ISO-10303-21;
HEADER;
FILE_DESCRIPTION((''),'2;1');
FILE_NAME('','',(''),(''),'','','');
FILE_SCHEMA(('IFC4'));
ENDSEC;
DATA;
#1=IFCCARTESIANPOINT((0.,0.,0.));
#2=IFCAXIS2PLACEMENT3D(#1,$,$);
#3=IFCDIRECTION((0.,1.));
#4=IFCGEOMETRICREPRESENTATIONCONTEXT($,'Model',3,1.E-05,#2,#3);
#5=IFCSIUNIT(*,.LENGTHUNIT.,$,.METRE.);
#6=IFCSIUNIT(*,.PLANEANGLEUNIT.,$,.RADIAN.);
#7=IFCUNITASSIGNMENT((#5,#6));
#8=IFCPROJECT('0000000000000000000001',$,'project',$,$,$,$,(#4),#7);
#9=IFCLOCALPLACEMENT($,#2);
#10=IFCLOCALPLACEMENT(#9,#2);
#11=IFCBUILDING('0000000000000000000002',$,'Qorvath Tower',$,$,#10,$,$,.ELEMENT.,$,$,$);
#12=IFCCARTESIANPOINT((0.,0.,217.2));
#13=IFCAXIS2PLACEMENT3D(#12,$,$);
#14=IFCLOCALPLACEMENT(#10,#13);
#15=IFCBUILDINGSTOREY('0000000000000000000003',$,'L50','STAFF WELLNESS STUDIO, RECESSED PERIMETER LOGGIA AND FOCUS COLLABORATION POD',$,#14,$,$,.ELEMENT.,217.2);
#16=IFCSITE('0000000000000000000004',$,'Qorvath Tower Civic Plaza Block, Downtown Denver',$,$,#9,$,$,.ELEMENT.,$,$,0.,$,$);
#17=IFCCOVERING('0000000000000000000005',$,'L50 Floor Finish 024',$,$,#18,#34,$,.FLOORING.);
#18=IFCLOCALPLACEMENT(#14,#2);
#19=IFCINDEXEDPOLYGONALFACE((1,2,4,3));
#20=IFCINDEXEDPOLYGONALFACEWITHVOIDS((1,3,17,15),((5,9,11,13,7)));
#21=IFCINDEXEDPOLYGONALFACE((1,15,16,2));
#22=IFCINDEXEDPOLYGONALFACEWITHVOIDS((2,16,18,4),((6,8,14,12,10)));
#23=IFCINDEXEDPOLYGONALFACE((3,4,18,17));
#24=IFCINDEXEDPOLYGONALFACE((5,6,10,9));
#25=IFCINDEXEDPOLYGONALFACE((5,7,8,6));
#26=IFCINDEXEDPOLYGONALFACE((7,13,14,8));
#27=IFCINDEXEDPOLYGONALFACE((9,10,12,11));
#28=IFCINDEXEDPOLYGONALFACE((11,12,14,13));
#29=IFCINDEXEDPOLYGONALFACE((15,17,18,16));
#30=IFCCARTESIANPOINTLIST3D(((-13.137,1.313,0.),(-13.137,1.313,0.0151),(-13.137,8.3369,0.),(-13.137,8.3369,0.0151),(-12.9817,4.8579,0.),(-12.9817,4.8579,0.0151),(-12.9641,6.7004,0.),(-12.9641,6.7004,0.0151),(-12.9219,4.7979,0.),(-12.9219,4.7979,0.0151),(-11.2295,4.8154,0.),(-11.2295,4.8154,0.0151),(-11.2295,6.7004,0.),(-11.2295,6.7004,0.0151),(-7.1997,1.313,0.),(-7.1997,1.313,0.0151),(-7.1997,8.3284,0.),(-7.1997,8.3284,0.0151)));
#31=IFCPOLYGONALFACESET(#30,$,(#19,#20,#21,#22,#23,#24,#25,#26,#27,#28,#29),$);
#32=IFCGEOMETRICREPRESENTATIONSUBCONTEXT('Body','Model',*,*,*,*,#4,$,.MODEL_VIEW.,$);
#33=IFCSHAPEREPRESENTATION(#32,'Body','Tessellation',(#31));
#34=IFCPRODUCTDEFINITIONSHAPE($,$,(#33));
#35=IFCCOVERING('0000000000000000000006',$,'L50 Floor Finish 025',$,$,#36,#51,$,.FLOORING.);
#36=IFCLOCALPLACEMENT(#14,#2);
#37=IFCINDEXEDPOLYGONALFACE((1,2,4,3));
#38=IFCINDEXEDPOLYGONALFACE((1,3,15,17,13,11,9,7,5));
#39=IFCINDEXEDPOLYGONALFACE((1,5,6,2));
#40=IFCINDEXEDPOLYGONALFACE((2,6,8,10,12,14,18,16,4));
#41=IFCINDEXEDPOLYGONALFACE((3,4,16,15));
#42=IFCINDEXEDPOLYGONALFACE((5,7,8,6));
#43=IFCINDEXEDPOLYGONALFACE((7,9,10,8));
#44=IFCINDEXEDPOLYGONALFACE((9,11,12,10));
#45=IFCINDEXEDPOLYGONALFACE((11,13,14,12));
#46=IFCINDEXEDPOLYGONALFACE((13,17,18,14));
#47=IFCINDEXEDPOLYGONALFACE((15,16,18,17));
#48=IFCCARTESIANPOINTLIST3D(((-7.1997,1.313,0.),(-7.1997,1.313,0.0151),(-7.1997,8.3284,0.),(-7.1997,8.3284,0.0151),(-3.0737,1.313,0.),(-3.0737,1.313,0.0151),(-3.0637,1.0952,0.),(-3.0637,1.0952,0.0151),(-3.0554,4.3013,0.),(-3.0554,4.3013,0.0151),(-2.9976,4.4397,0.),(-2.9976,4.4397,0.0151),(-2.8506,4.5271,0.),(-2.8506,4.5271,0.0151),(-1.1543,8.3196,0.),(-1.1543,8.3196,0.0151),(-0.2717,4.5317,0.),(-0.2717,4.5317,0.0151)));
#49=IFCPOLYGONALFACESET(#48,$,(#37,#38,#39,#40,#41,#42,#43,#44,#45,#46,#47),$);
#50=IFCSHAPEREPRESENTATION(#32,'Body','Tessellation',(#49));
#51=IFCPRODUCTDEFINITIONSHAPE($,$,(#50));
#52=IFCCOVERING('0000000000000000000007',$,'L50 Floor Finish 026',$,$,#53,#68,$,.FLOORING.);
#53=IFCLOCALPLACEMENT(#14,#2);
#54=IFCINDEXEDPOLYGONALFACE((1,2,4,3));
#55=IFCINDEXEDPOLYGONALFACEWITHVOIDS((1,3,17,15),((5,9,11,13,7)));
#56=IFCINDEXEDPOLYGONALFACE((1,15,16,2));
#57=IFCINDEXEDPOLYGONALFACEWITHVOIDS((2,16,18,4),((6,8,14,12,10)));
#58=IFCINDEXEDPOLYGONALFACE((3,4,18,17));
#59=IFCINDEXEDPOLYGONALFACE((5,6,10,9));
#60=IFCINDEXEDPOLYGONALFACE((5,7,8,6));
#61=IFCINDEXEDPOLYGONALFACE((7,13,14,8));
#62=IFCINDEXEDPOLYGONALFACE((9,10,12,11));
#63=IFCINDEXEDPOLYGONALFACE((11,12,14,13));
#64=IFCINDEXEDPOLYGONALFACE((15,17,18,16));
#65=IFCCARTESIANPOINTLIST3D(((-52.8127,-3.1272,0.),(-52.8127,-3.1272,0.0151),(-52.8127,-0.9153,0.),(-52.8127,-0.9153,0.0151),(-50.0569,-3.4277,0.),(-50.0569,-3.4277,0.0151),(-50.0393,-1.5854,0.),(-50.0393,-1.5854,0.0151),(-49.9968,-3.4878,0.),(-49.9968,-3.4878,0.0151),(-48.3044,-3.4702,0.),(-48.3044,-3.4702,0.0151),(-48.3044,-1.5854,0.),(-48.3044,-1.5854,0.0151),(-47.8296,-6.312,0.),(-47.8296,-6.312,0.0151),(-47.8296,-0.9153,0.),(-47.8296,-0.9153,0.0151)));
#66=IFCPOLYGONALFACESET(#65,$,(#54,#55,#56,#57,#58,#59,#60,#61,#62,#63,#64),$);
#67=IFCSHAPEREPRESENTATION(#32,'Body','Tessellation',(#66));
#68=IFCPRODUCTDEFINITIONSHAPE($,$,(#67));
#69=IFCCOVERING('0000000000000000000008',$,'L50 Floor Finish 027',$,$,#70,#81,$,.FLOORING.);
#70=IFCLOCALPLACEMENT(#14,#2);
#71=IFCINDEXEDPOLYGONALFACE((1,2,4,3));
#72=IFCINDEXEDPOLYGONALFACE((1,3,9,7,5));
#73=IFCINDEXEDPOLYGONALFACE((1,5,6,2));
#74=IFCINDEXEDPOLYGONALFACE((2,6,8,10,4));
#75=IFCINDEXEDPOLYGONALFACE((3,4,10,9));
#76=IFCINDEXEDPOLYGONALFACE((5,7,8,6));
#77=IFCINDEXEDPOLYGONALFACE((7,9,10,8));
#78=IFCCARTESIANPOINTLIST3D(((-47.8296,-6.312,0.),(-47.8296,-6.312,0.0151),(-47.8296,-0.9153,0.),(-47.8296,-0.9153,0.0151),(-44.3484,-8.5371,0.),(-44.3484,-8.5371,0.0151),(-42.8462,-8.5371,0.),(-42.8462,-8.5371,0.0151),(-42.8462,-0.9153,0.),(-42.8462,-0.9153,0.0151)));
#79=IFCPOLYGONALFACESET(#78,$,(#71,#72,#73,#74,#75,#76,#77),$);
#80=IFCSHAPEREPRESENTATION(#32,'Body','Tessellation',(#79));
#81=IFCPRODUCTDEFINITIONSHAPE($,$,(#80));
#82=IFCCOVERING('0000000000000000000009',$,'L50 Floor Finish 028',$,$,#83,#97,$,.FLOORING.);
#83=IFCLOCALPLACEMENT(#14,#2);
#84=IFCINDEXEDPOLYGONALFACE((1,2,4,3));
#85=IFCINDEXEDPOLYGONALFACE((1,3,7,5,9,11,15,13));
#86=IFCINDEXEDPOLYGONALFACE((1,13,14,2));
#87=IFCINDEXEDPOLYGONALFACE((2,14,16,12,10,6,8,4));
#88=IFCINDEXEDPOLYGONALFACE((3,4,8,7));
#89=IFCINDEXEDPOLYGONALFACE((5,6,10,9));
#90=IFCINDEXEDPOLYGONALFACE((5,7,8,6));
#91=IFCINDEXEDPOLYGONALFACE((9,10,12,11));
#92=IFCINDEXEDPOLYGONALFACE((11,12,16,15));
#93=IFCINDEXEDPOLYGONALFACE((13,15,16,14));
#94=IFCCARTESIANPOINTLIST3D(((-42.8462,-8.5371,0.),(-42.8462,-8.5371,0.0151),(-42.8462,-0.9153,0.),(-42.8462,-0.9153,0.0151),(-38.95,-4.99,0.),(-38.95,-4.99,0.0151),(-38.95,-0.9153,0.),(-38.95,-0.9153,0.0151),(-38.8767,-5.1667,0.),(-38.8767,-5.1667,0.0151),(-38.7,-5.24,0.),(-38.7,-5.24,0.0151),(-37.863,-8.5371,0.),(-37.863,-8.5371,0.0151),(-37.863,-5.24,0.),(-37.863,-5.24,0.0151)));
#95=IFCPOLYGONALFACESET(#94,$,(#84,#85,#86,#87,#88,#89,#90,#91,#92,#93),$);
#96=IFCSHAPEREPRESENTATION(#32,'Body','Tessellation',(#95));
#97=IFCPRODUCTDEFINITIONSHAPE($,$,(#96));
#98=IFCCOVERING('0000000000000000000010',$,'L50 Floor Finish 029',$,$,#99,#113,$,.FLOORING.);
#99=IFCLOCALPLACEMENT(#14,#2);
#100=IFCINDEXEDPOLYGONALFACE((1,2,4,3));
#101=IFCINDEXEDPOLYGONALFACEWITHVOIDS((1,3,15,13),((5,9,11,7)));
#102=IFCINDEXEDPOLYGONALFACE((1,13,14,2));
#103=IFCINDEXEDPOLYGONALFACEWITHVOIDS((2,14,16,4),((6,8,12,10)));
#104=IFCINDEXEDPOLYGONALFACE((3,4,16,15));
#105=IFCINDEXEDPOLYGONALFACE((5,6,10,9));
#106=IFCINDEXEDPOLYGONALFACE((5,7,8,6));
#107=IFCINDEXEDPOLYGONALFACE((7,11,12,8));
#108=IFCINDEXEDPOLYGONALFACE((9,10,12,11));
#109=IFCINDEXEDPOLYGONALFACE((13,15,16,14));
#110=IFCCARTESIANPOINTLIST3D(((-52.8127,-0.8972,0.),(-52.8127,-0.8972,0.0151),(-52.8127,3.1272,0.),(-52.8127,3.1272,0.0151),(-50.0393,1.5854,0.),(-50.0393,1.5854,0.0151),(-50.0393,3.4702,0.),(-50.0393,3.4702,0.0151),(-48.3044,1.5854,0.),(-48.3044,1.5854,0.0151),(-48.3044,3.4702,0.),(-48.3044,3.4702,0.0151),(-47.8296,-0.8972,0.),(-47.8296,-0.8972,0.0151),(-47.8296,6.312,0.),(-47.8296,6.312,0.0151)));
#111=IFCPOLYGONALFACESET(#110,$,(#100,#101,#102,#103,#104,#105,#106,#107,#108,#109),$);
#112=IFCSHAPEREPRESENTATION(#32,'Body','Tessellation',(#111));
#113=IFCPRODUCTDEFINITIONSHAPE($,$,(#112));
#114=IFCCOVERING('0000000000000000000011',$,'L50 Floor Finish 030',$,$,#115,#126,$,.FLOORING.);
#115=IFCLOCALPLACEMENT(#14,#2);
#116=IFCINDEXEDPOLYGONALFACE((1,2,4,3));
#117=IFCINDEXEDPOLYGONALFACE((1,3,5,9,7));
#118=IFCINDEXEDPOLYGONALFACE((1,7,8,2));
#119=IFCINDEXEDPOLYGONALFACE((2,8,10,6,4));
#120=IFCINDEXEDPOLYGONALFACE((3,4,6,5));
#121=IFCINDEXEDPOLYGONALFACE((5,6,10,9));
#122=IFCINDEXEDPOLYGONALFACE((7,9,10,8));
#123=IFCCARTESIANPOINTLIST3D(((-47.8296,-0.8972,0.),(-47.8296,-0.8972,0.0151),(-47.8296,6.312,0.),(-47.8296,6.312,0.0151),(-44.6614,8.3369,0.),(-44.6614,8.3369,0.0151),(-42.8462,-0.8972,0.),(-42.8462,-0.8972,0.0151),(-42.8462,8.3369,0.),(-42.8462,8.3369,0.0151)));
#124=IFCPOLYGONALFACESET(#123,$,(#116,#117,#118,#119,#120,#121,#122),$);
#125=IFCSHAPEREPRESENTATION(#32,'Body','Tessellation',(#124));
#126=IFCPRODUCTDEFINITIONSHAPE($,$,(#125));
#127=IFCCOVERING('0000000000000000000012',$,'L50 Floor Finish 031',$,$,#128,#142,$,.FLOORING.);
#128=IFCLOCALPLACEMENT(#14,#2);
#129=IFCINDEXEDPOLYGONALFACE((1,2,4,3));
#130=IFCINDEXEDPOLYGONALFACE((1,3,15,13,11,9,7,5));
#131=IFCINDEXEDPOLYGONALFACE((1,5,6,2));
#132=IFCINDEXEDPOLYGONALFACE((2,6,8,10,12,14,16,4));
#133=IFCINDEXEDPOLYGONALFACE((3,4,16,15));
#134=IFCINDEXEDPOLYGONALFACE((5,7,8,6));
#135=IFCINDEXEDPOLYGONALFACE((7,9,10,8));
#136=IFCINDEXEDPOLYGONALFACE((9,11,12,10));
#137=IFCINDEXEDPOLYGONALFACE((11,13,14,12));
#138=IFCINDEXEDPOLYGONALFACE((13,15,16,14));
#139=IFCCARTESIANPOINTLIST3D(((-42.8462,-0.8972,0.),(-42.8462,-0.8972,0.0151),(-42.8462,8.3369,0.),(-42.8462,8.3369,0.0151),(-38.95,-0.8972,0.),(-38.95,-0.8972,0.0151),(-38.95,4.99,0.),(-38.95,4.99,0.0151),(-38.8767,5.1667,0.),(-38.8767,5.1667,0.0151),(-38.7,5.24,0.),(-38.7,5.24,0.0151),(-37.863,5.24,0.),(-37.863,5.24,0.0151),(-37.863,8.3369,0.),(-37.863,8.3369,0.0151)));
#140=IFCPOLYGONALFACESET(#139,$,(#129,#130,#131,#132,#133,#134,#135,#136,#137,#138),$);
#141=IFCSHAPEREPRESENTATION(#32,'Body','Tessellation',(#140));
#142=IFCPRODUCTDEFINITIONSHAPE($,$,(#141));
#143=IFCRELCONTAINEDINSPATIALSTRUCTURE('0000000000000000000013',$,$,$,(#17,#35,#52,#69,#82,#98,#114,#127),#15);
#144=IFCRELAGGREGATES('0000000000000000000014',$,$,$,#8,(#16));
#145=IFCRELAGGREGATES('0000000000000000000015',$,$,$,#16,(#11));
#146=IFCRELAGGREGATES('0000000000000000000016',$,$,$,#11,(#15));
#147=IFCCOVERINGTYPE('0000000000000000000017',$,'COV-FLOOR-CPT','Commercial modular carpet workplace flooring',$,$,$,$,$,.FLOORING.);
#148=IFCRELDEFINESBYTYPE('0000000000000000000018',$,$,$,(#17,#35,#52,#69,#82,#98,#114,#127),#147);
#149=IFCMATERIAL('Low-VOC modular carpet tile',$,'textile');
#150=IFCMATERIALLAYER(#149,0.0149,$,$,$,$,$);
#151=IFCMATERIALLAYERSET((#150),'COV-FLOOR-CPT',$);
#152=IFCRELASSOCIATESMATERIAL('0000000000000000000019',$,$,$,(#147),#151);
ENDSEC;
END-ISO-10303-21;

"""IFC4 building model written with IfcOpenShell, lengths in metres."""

from ifc_helpers import new_model, si_unit, direction, frame, origin, place, context, subcontext, project, spatial, polyline, outline, extrude, material, layer, layer_set, type_object, element, save


model = new_model("IFC4")

# Units and contexts
model_context = context("Model", 3, precision=1e-05, world=origin(), true_north=direction((0.0, 1.0)))
body_context = subcontext(model_context, "Body", "Model", "MODEL_VIEW")
ifc_project = project(units=[si_unit("LENGTHUNIT", "METRE"), si_unit("PLANEANGLEUNIT", "RADIAN")], contexts=[model_context])

# Site, building, storey
site_placement = place(None, origin())
site = spatial("IfcSite", under=ifc_project, at=site_placement, Name="Qorvath Tower Civic Plaza Block, Downtown Denver", CompositionType="ELEMENT", RefElevation=0.0)
building_placement = place(site_placement, origin())
building = spatial("IfcBuilding", under=site, at=building_placement, Name="Qorvath Tower", CompositionType="ELEMENT")
storey_placement = place(building_placement, frame((0.0, 0.0, 217.2)))
storey = spatial("IfcBuildingStorey", under=building, at=storey_placement, Name="L50", Description="STAFF WELLNESS STUDIO, RECESSED PERIMETER LOGGIA AND FOCUS COLLABORATION POD", CompositionType="ELEMENT", Elevation=217.2)

# Coverings
ifc_material_1 = material(Name="Low-VOC modular carpet tile", Category="textile")
ifc_layer_1 = layer(ifc_material_1, 0.0149)
ifc_layer_set_1 = layer_set([ifc_layer_1], Name="COV-FLOOR-CPT")
covering_type_1 = type_object("IfcCoveringType", Name="COV-FLOOR-CPT", Description="Commercial modular carpet workplace flooring", PredefinedType="FLOORING", material=ifc_layer_set_1)
covering_1_placement = place(storey_placement, origin())
element("IfcCovering", 1, at=covering_1_placement, inside=storey, type_object=covering_type_1, Name="L50 Floor Finish 024", PredefinedType="FLOORING", context=body_context, shape_type="SweptSolid", body=[
    extrude(outline(polyline([(-7.1997, 1.313), (-7.1997, 8.3284), (-13.137, 8.3369), (-13.137, 1.313), (-7.1997, 1.313)]), holes=[polyline([(-12.9817, 4.8579), (-12.9641, 6.7004), (-11.2295, 6.7004), (-11.2295, 4.8154), (-12.9219, 4.7979), (-12.9817, 4.8579)])]), origin(), (0.0, 0.0, 1.0), 0.0151),
])
covering_2_placement = place(storey_placement, origin())
element("IfcCovering", 2, at=covering_2_placement, inside=storey, type_object=covering_type_1, Name="L50 Floor Finish 025", PredefinedType="FLOORING", context=body_context, shape_type="SweptSolid", body=[
    extrude(outline(polyline([(-2.9976, 4.4397), (-2.8506, 4.5271), (-0.2717, 4.5317), (-1.1543, 8.3196), (-7.1997, 8.3284), (-7.1997, 1.313), (-3.0737, 1.313), (-3.0637, 1.0952), (-3.0554, 4.3013), (-2.9976, 4.4397)])), origin(), (0.0, 0.0, 1.0), 0.0151),
])
covering_3_placement = place(storey_placement, origin())
element("IfcCovering", 3, at=covering_3_placement, inside=storey, type_object=covering_type_1, Name="L50 Floor Finish 026", PredefinedType="FLOORING", context=body_context, shape_type="SweptSolid", body=[
    extrude(outline(polyline([(-47.8296, -6.312), (-47.8296, -0.9153), (-52.8127, -0.9153), (-52.8127, -3.1272), (-47.8296, -6.312)]), holes=[polyline([(-50.0569, -3.4277), (-50.0393, -1.5854), (-48.3044, -1.5854), (-48.3044, -3.4702), (-49.9968, -3.4878), (-50.0569, -3.4277)])]), origin(), (0.0, 0.0, 1.0), 0.0151),
])
covering_4_placement = place(storey_placement, origin())
element("IfcCovering", 4, at=covering_4_placement, inside=storey, type_object=covering_type_1, Name="L50 Floor Finish 027", PredefinedType="FLOORING", context=body_context, shape_type="SweptSolid", body=[
    extrude(outline(polyline([(-42.8462, -8.5371), (-42.8462, -0.9153), (-47.8296, -0.9153), (-47.8296, -6.312), (-44.3484, -8.5371), (-42.8462, -8.5371)])), origin(), (0.0, 0.0, 1.0), 0.0151),
])
covering_5_placement = place(storey_placement, origin())
element("IfcCovering", 5, at=covering_5_placement, inside=storey, type_object=covering_type_1, Name="L50 Floor Finish 028", PredefinedType="FLOORING", context=body_context, shape_type="SweptSolid", body=[
    extrude(outline(polyline([(-37.863, -8.5371), (-37.863, -5.24), (-38.7, -5.24), (-38.8767, -5.1667), (-38.95, -4.99), (-38.95, -0.9153), (-42.8462, -0.9153), (-42.8462, -8.5371), (-37.863, -8.5371)])), origin(), (0.0, 0.0, 1.0), 0.0151),
])
covering_6_placement = place(storey_placement, origin())
element("IfcCovering", 6, at=covering_6_placement, inside=storey, type_object=covering_type_1, Name="L50 Floor Finish 029", PredefinedType="FLOORING", context=body_context, shape_type="SweptSolid", body=[
    extrude(outline(polyline([(-47.8296, -0.8972), (-47.8296, 6.312), (-52.8127, 3.1272), (-52.8127, -0.8972), (-47.8296, -0.8972)]), holes=[polyline([(-50.0393, 1.5854), (-50.0393, 3.4702), (-48.3044, 3.4702), (-48.3044, 1.5854), (-50.0393, 1.5854)])]), origin(), (0.0, 0.0, 1.0), 0.0151),
])
covering_7_placement = place(storey_placement, origin())
element("IfcCovering", 7, at=covering_7_placement, inside=storey, type_object=covering_type_1, Name="L50 Floor Finish 030", PredefinedType="FLOORING", context=body_context, shape_type="SweptSolid", body=[
    extrude(outline(polyline([(-42.8462, -0.8972), (-42.8462, 8.3369), (-44.6614, 8.3369), (-47.8296, 6.312), (-47.8296, -0.8972), (-42.8462, -0.8972)])), origin(), (0.0, 0.0, 1.0), 0.0151),
])
covering_8_placement = place(storey_placement, origin())
element("IfcCovering", 8, at=covering_8_placement, inside=storey, type_object=covering_type_1, Name="L50 Floor Finish 031", PredefinedType="FLOORING", context=body_context, shape_type="SweptSolid", body=[
    extrude(outline(polyline([(-37.863, 5.24), (-37.863, 8.3369), (-42.8462, 8.3369), (-42.8462, -0.8972), (-38.95, -0.8972), (-38.95, 4.99), (-38.8767, 5.1667), (-38.7, 5.24), (-37.863, 5.24)])), origin(), (0.0, 0.0, 1.0), 0.0151),
])

save(model, "model.ifc")
